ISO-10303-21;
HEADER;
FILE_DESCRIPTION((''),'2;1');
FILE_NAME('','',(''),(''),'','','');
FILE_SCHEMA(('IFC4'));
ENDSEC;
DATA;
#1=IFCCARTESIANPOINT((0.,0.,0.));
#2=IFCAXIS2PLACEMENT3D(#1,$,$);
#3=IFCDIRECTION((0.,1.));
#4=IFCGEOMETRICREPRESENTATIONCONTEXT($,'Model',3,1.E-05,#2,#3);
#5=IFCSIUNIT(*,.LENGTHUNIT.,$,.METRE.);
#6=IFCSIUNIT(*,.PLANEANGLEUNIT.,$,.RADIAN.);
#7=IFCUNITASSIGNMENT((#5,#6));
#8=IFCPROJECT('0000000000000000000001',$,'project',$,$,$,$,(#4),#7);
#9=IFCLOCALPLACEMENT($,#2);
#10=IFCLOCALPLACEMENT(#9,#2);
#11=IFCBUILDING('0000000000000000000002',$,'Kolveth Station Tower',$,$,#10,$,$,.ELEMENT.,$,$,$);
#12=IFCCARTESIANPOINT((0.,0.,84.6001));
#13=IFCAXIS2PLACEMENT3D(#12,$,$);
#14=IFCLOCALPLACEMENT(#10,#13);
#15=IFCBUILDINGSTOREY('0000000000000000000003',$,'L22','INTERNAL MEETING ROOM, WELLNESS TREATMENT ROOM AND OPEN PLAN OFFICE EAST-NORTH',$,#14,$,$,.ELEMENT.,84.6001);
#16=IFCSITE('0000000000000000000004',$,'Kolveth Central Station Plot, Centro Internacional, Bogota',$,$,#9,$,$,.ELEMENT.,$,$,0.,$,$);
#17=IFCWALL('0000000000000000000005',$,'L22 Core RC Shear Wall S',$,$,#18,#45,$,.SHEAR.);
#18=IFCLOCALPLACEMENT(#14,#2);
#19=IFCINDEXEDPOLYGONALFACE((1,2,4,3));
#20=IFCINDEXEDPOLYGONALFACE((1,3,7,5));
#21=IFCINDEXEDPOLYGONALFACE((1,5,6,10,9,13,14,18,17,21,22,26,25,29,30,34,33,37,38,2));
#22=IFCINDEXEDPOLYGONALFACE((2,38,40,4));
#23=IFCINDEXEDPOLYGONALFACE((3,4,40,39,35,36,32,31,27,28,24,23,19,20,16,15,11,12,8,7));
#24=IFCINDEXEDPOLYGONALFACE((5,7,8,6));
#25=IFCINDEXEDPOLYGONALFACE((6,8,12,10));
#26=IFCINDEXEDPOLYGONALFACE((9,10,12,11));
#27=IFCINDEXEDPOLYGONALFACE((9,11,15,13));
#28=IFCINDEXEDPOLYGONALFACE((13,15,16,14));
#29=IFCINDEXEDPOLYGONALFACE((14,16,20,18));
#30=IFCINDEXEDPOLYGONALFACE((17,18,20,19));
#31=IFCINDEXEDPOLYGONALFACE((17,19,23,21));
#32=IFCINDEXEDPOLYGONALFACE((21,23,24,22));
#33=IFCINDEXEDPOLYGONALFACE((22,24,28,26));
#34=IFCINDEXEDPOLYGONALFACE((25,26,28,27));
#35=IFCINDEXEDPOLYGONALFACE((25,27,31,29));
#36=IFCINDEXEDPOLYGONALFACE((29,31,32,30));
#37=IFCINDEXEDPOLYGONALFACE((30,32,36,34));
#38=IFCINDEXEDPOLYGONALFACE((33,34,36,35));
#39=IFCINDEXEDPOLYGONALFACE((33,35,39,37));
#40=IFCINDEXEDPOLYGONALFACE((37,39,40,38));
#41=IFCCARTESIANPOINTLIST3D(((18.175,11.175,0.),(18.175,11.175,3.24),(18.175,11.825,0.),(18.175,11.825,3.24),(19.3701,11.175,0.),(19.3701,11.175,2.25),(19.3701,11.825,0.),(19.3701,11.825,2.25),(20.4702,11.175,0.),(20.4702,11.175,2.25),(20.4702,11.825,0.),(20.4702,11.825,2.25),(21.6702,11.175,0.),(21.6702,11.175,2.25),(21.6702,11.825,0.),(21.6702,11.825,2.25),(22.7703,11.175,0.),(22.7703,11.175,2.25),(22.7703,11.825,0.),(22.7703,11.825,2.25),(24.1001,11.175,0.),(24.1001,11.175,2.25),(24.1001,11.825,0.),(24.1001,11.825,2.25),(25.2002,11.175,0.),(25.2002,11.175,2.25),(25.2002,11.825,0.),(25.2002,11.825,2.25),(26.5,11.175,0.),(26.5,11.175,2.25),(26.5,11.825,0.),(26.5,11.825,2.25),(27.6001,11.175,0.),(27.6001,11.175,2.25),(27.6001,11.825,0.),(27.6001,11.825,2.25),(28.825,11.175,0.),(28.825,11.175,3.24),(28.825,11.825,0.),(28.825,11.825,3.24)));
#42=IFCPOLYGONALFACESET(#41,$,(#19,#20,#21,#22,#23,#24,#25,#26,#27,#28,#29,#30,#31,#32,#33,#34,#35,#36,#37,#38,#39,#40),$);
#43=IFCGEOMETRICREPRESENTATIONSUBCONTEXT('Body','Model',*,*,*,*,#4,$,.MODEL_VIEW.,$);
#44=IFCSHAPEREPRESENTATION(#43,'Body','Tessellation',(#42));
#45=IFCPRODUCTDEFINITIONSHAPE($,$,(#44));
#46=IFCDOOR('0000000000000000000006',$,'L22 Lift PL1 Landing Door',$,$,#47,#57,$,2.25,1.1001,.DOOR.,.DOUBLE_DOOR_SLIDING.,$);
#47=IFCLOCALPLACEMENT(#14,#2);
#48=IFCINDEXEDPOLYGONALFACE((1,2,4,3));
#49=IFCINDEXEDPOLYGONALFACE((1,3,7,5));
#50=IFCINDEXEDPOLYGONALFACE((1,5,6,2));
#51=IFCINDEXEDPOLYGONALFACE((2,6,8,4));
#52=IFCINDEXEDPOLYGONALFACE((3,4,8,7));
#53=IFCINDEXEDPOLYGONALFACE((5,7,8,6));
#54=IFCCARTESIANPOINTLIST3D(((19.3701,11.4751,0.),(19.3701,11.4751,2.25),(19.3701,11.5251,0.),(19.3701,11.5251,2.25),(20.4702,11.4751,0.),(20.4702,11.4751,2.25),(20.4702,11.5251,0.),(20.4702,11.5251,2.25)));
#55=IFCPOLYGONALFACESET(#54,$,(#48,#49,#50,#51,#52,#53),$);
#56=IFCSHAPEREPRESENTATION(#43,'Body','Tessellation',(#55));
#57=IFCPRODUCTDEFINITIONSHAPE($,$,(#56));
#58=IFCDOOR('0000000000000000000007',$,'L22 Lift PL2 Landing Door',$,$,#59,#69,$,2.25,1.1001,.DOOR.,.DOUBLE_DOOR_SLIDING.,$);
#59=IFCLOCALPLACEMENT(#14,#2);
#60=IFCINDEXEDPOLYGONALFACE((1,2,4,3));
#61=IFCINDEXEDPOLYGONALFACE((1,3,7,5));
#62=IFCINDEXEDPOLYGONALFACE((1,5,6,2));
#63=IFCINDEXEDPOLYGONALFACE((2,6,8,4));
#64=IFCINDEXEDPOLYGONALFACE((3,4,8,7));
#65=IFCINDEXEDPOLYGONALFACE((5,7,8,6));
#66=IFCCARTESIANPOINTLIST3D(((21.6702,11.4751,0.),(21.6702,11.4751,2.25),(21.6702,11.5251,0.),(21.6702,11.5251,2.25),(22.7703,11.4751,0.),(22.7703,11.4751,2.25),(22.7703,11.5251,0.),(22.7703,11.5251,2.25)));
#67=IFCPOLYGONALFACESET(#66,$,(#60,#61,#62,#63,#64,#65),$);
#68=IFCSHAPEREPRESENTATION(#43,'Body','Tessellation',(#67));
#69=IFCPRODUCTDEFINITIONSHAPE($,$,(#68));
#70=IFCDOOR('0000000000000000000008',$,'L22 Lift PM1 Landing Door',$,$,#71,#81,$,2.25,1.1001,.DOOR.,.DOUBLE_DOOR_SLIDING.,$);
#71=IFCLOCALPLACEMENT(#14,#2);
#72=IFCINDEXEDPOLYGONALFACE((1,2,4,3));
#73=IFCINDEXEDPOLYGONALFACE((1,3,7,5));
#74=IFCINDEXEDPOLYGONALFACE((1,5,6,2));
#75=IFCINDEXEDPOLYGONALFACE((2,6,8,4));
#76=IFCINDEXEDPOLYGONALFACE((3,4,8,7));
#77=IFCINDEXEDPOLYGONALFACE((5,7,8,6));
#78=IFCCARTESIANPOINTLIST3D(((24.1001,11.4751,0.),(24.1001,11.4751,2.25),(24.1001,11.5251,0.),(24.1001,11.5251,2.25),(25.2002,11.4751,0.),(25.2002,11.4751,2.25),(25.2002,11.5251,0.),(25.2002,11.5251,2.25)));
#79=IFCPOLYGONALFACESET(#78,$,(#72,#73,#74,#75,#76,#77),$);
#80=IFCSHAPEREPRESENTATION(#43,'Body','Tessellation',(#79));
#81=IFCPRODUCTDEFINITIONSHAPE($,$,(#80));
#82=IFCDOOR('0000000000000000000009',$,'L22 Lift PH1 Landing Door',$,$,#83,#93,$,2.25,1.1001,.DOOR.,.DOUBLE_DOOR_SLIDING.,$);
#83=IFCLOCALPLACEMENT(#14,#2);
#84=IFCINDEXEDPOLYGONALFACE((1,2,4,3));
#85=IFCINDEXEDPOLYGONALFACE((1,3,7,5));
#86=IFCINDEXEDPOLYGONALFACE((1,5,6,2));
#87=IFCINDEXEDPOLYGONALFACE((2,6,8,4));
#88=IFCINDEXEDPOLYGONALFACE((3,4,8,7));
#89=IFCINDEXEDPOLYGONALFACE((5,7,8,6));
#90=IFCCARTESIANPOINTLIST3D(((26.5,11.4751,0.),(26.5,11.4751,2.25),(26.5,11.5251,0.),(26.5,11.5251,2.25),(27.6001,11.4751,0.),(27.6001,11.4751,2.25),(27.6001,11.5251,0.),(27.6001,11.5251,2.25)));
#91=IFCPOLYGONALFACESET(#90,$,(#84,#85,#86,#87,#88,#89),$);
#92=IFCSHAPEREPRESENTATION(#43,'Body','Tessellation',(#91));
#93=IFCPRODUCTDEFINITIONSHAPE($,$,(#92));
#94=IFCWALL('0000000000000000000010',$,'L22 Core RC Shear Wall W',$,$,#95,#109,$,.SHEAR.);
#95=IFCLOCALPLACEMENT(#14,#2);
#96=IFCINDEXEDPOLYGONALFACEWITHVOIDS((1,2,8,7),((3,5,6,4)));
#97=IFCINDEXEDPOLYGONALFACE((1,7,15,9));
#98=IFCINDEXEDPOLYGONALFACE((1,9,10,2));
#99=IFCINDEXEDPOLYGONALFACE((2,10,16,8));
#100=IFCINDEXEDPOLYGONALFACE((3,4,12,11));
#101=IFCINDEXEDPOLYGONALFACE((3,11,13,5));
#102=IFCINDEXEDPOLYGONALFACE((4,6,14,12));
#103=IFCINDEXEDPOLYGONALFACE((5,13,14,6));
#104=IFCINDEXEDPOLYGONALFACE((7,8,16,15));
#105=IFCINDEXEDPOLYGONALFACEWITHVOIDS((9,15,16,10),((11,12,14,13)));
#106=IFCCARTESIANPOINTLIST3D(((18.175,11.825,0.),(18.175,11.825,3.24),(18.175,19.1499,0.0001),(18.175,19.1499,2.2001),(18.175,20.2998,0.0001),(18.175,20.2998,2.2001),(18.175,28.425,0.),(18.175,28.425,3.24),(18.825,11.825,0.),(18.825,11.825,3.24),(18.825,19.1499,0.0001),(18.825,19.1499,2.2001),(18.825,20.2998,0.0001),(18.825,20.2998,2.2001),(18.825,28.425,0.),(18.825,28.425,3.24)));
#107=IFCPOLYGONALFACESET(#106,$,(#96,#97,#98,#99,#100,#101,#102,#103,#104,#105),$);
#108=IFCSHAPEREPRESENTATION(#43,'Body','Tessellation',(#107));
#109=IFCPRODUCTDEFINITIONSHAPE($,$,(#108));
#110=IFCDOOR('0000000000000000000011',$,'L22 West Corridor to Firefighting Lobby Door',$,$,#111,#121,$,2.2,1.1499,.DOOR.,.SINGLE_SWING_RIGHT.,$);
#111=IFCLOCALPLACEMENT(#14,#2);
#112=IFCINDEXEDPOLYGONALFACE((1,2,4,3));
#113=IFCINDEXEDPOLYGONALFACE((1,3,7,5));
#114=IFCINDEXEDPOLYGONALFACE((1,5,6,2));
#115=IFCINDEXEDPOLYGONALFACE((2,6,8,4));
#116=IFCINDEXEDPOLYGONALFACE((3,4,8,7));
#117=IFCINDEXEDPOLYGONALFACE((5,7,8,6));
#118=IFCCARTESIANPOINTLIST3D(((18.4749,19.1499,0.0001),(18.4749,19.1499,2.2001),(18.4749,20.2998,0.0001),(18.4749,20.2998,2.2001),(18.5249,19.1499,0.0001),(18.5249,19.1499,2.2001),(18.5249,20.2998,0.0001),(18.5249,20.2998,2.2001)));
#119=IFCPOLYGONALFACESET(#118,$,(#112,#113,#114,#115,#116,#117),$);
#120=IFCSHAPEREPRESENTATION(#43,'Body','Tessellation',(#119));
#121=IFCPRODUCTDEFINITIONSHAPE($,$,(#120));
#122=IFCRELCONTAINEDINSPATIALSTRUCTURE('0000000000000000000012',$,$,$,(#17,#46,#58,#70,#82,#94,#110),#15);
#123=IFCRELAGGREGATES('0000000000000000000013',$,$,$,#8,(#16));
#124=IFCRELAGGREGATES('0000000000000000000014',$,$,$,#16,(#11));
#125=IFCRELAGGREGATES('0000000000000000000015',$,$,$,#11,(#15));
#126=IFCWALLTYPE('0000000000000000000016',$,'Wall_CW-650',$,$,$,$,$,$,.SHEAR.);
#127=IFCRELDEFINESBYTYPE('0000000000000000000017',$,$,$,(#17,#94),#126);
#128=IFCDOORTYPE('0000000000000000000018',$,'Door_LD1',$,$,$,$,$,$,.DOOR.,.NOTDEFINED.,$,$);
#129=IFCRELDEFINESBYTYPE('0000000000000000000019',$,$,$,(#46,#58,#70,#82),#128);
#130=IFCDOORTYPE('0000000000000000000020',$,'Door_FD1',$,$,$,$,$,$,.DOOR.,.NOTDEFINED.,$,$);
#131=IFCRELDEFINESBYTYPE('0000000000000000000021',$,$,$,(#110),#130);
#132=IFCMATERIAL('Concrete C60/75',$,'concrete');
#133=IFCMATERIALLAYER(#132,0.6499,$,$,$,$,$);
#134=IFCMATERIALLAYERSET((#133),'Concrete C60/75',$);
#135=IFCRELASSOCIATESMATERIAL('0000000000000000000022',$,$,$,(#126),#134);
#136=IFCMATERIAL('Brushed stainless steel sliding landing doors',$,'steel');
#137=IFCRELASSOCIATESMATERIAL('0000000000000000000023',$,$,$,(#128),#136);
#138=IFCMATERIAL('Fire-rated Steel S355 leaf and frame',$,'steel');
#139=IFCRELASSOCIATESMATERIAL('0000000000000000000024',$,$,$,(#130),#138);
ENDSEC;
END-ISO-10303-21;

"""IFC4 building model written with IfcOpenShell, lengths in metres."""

from ifc_helpers import new_model, si_unit, direction, frame, frame_2d, origin, place, context, subcontext, project, spatial, rectangle, extrude, material, layer, layer_set, type_object, element, fill, save


model = new_model("IFC4")

# Units and contexts
model_context = context("Model", 3, precision=1e-05, world=origin(), true_north=direction((0.0, 1.0)))
body_context = subcontext(model_context, "Body", "Model", "MODEL_VIEW")
ifc_project = project(units=[si_unit("LENGTHUNIT", "METRE"), si_unit("PLANEANGLEUNIT", "RADIAN")], contexts=[model_context])

# Site, building, storey
site_placement = place(None, origin())
site = spatial("IfcSite", under=ifc_project, at=site_placement, Name="Kolveth Central Station Plot, Centro Internacional, Bogota", CompositionType="ELEMENT", RefElevation=0.0)
building_placement = place(site_placement, origin())
building = spatial("IfcBuilding", under=site, at=building_placement, Name="Kolveth Station Tower", CompositionType="ELEMENT")
storey_placement = place(building_placement, frame((0.0, 0.0, 84.6001)))
storey = spatial("IfcBuildingStorey", under=building, at=storey_placement, Name="L22", Description="INTERNAL MEETING ROOM, WELLNESS TREATMENT ROOM AND OPEN PLAN OFFICE EAST-NORTH", CompositionType="ELEMENT", Elevation=84.6001)

# Wall, openings, doors
ifc_material_1 = material(Name="Concrete C60/75", Category="concrete")
ifc_layer_1 = layer(ifc_material_1, 0.6499)
ifc_layer_set_1 = layer_set([ifc_layer_1], Name="Concrete C60/75")
wall_type_1 = type_object("IfcWallType", Name="Wall_CW-650", PredefinedType="SHEAR", material=ifc_layer_set_1)
wall_1_placement = place(storey_placement, frame((18.175, 11.5, 0.0), z_axis=(0.0, 0.0, 1.0), x_axis=(1.0, 0.0, 0.0)))
wall_1 = element("IfcWall", 1, at=wall_1_placement, inside=storey, type_object=wall_type_1, Name="L22 Core RC Shear Wall S", PredefinedType="SHEAR", context=body_context, shape_type="SweptSolid", body=[
    extrude(rectangle(XDim=10.6499, YDim=0.6499, at=frame_2d((5.325, 0.0))), origin(), (0.0, 0.0, 1.0), 3.24),
])
opening_1_placement = place(wall_1_placement, frame((1.1951, 0.0, 0.0)))
opening_1 = element("IfcOpeningElement", 2, at=opening_1_placement, cuts=wall_1, PredefinedType="OPENING", context=body_context, shape_type="SweptSolid", body=[
    extrude(rectangle(XDim=1.1001, YDim=2.25, at=frame_2d((0.55, 1.125))), frame((0.0, 0.335, 0.0), z_axis=(0.0, -1.0, 0.0), x_axis=(1.0, 0.0, 0.0)), (0.0, 0.0, 1.0), 0.6699),
])
opening_2_placement = place(wall_1_placement, frame((3.4951, 0.0, 0.0)))
opening_2 = element("IfcOpeningElement", 3, at=opening_2_placement, cuts=wall_1, PredefinedType="OPENING", context=body_context, shape_type="SweptSolid", body=[
    extrude(rectangle(XDim=1.1001, YDim=2.25, at=frame_2d((0.55, 1.125))), frame((0.0, 0.335, 0.0), z_axis=(0.0, -1.0, 0.0), x_axis=(1.0, 0.0, 0.0)), (0.0, 0.0, 1.0), 0.6699),
])
opening_3_placement = place(wall_1_placement, frame((5.925, 0.0, 0.0)))
opening_3 = element("IfcOpeningElement", 4, at=opening_3_placement, cuts=wall_1, PredefinedType="OPENING", context=body_context, shape_type="SweptSolid", body=[
    extrude(rectangle(XDim=1.1001, YDim=2.25, at=frame_2d((0.55, 1.125))), frame((0.0, 0.335, 0.0), z_axis=(0.0, -1.0, 0.0), x_axis=(1.0, 0.0, 0.0)), (0.0, 0.0, 1.0), 0.6699),
])
opening_4_placement = place(wall_1_placement, frame((8.325, 0.0, 0.0)))
opening_4 = element("IfcOpeningElement", 5, at=opening_4_placement, cuts=wall_1, PredefinedType="OPENING", context=body_context, shape_type="SweptSolid", body=[
    extrude(rectangle(XDim=1.1001, YDim=2.25, at=frame_2d((0.55, 1.125))), frame((0.0, 0.335, 0.0), z_axis=(0.0, -1.0, 0.0), x_axis=(1.0, 0.0, 0.0)), (0.0, 0.0, 1.0), 0.6699),
])
ifc_material_2 = material(Name="Brushed stainless steel sliding landing doors", Category="steel")
door_type_1 = type_object("IfcDoorType", Name="Door_LD1", OperationType="NOTDEFINED", PredefinedType="DOOR", material=ifc_material_2)
door_1_placement = place(opening_1_placement, frame((1.1001, 0.0, 0.0), z_axis=(0.0, 0.0, 1.0), x_axis=(-1.0, 0.0, 0.0)))
door_1 = element("IfcDoor", 6, at=door_1_placement, inside=storey, type_object=door_type_1, Name="L22 Lift PL1 Landing Door", OperationType="DOUBLE_DOOR_SLIDING", OverallHeight=2.25, OverallWidth=1.1001, PredefinedType="DOOR", context=body_context, shape_type="SweptSolid", body=[
    extrude(rectangle(XDim=1.1001, YDim=2.25, at=frame_2d((0.55, 1.125))), frame((0.0, 0.0249, 0.0), z_axis=(0.0, -1.0, 0.0), x_axis=(1.0, 0.0, 0.0)), (0.0, 0.0, 1.0), 0.05),
])
fill(opening_1, door_1)
door_2_placement = place(opening_2_placement, frame((1.1001, 0.0, 0.0), z_axis=(0.0, 0.0, 1.0), x_axis=(-1.0, 0.0, 0.0)))
door_2 = element("IfcDoor", 7, at=door_2_placement, inside=storey, type_object=door_type_1, Name="L22 Lift PL2 Landing Door", OperationType="DOUBLE_DOOR_SLIDING", OverallHeight=2.25, OverallWidth=1.1001, PredefinedType="DOOR", context=body_context, shape_type="SweptSolid", body=[
    extrude(rectangle(XDim=1.1001, YDim=2.25, at=frame_2d((0.55, 1.125))), frame((0.0, 0.0249, 0.0), z_axis=(0.0, -1.0, 0.0), x_axis=(1.0, 0.0, 0.0)), (0.0, 0.0, 1.0), 0.05),
])
fill(opening_2, door_2)
door_3_placement = place(opening_3_placement, frame((1.1001, 0.0, 0.0), z_axis=(0.0, 0.0, 1.0), x_axis=(-1.0, 0.0, 0.0)))
door_3 = element("IfcDoor", 8, at=door_3_placement, inside=storey, type_object=door_type_1, Name="L22 Lift PM1 Landing Door", OperationType="DOUBLE_DOOR_SLIDING", OverallHeight=2.25, OverallWidth=1.1001, PredefinedType="DOOR", context=body_context, shape_type="SweptSolid", body=[
    extrude(rectangle(XDim=1.1001, YDim=2.25, at=frame_2d((0.55, 1.125))), frame((0.0, 0.0249, 0.0), z_axis=(0.0, -1.0, 0.0), x_axis=(1.0, 0.0, 0.0)), (0.0, 0.0, 1.0), 0.05),
])
fill(opening_3, door_3)
door_4_placement = place(opening_4_placement, frame((1.1001, 0.0, 0.0), z_axis=(0.0, 0.0, 1.0), x_axis=(-1.0, 0.0, 0.0)))
door_4 = element("IfcDoor", 9, at=door_4_placement, inside=storey, type_object=door_type_1, Name="L22 Lift PH1 Landing Door", OperationType="DOUBLE_DOOR_SLIDING", OverallHeight=2.25, OverallWidth=1.1001, PredefinedType="DOOR", context=body_context, shape_type="SweptSolid", body=[
    extrude(rectangle(XDim=1.1001, YDim=2.25, at=frame_2d((0.55, 1.125))), frame((0.0, 0.0249, 0.0), z_axis=(0.0, -1.0, 0.0), x_axis=(1.0, 0.0, 0.0)), (0.0, 0.0, 1.0), 0.05),
])
fill(opening_4, door_4)

# Wall, opening, door
wall_2_placement = place(storey_placement, frame((18.5, 11.825, 0.0), z_axis=(0.0, 0.0, 1.0), x_axis=(0.0, 1.0, 0.0)))
wall_2 = element("IfcWall", 10, at=wall_2_placement, inside=storey, type_object=wall_type_1, Name="L22 Core RC Shear Wall W", PredefinedType="SHEAR", context=body_context, shape_type="SweptSolid", body=[
    extrude(rectangle(XDim=16.6001, YDim=0.6499, at=frame_2d((8.3, 0.0))), origin(), (0.0, 0.0, 1.0), 3.24),
])
opening_5_placement = place(wall_2_placement, frame((7.325, 0.0, 0.0)))
opening_5 = element("IfcOpeningElement", 11, at=opening_5_placement, cuts=wall_2, PredefinedType="OPENING", context=body_context, shape_type="SweptSolid", body=[
    extrude(rectangle(XDim=1.1499, YDim=2.2, at=frame_2d((0.575, 1.1001))), frame((0.0, 0.335, 0.0), z_axis=(0.0, -1.0, 0.0), x_axis=(1.0, 0.0, 0.0)), (0.0, 0.0, 1.0), 0.6699),
])
ifc_material_3 = material(Name="Fire-rated Steel S355 leaf and frame", Category="steel")
door_type_2 = type_object("IfcDoorType", Name="Door_FD1", OperationType="NOTDEFINED", PredefinedType="DOOR", material=ifc_material_3)
door_5_placement = place(opening_5_placement, frame((1.1499, 0.0, 0.0), z_axis=(0.0, 0.0, 1.0), x_axis=(-1.0, 0.0, 0.0)))
door_5 = element("IfcDoor", 12, at=door_5_placement, inside=storey, type_object=door_type_2, Name="L22 West Corridor to Firefighting Lobby Door", OperationType="SINGLE_SWING_RIGHT", OverallHeight=2.2, OverallWidth=1.1499, PredefinedType="DOOR", context=body_context, shape_type="SweptSolid", body=[
    extrude(rectangle(XDim=1.1499, YDim=2.2, at=frame_2d((0.575, 1.1001))), frame((0.0, 0.0249, 0.0), z_axis=(0.0, -1.0, 0.0), x_axis=(1.0, 0.0, 0.0)), (0.0, 0.0, 1.0), 0.05),
])
fill(opening_5, door_5)

save(model, "model.ifc")
